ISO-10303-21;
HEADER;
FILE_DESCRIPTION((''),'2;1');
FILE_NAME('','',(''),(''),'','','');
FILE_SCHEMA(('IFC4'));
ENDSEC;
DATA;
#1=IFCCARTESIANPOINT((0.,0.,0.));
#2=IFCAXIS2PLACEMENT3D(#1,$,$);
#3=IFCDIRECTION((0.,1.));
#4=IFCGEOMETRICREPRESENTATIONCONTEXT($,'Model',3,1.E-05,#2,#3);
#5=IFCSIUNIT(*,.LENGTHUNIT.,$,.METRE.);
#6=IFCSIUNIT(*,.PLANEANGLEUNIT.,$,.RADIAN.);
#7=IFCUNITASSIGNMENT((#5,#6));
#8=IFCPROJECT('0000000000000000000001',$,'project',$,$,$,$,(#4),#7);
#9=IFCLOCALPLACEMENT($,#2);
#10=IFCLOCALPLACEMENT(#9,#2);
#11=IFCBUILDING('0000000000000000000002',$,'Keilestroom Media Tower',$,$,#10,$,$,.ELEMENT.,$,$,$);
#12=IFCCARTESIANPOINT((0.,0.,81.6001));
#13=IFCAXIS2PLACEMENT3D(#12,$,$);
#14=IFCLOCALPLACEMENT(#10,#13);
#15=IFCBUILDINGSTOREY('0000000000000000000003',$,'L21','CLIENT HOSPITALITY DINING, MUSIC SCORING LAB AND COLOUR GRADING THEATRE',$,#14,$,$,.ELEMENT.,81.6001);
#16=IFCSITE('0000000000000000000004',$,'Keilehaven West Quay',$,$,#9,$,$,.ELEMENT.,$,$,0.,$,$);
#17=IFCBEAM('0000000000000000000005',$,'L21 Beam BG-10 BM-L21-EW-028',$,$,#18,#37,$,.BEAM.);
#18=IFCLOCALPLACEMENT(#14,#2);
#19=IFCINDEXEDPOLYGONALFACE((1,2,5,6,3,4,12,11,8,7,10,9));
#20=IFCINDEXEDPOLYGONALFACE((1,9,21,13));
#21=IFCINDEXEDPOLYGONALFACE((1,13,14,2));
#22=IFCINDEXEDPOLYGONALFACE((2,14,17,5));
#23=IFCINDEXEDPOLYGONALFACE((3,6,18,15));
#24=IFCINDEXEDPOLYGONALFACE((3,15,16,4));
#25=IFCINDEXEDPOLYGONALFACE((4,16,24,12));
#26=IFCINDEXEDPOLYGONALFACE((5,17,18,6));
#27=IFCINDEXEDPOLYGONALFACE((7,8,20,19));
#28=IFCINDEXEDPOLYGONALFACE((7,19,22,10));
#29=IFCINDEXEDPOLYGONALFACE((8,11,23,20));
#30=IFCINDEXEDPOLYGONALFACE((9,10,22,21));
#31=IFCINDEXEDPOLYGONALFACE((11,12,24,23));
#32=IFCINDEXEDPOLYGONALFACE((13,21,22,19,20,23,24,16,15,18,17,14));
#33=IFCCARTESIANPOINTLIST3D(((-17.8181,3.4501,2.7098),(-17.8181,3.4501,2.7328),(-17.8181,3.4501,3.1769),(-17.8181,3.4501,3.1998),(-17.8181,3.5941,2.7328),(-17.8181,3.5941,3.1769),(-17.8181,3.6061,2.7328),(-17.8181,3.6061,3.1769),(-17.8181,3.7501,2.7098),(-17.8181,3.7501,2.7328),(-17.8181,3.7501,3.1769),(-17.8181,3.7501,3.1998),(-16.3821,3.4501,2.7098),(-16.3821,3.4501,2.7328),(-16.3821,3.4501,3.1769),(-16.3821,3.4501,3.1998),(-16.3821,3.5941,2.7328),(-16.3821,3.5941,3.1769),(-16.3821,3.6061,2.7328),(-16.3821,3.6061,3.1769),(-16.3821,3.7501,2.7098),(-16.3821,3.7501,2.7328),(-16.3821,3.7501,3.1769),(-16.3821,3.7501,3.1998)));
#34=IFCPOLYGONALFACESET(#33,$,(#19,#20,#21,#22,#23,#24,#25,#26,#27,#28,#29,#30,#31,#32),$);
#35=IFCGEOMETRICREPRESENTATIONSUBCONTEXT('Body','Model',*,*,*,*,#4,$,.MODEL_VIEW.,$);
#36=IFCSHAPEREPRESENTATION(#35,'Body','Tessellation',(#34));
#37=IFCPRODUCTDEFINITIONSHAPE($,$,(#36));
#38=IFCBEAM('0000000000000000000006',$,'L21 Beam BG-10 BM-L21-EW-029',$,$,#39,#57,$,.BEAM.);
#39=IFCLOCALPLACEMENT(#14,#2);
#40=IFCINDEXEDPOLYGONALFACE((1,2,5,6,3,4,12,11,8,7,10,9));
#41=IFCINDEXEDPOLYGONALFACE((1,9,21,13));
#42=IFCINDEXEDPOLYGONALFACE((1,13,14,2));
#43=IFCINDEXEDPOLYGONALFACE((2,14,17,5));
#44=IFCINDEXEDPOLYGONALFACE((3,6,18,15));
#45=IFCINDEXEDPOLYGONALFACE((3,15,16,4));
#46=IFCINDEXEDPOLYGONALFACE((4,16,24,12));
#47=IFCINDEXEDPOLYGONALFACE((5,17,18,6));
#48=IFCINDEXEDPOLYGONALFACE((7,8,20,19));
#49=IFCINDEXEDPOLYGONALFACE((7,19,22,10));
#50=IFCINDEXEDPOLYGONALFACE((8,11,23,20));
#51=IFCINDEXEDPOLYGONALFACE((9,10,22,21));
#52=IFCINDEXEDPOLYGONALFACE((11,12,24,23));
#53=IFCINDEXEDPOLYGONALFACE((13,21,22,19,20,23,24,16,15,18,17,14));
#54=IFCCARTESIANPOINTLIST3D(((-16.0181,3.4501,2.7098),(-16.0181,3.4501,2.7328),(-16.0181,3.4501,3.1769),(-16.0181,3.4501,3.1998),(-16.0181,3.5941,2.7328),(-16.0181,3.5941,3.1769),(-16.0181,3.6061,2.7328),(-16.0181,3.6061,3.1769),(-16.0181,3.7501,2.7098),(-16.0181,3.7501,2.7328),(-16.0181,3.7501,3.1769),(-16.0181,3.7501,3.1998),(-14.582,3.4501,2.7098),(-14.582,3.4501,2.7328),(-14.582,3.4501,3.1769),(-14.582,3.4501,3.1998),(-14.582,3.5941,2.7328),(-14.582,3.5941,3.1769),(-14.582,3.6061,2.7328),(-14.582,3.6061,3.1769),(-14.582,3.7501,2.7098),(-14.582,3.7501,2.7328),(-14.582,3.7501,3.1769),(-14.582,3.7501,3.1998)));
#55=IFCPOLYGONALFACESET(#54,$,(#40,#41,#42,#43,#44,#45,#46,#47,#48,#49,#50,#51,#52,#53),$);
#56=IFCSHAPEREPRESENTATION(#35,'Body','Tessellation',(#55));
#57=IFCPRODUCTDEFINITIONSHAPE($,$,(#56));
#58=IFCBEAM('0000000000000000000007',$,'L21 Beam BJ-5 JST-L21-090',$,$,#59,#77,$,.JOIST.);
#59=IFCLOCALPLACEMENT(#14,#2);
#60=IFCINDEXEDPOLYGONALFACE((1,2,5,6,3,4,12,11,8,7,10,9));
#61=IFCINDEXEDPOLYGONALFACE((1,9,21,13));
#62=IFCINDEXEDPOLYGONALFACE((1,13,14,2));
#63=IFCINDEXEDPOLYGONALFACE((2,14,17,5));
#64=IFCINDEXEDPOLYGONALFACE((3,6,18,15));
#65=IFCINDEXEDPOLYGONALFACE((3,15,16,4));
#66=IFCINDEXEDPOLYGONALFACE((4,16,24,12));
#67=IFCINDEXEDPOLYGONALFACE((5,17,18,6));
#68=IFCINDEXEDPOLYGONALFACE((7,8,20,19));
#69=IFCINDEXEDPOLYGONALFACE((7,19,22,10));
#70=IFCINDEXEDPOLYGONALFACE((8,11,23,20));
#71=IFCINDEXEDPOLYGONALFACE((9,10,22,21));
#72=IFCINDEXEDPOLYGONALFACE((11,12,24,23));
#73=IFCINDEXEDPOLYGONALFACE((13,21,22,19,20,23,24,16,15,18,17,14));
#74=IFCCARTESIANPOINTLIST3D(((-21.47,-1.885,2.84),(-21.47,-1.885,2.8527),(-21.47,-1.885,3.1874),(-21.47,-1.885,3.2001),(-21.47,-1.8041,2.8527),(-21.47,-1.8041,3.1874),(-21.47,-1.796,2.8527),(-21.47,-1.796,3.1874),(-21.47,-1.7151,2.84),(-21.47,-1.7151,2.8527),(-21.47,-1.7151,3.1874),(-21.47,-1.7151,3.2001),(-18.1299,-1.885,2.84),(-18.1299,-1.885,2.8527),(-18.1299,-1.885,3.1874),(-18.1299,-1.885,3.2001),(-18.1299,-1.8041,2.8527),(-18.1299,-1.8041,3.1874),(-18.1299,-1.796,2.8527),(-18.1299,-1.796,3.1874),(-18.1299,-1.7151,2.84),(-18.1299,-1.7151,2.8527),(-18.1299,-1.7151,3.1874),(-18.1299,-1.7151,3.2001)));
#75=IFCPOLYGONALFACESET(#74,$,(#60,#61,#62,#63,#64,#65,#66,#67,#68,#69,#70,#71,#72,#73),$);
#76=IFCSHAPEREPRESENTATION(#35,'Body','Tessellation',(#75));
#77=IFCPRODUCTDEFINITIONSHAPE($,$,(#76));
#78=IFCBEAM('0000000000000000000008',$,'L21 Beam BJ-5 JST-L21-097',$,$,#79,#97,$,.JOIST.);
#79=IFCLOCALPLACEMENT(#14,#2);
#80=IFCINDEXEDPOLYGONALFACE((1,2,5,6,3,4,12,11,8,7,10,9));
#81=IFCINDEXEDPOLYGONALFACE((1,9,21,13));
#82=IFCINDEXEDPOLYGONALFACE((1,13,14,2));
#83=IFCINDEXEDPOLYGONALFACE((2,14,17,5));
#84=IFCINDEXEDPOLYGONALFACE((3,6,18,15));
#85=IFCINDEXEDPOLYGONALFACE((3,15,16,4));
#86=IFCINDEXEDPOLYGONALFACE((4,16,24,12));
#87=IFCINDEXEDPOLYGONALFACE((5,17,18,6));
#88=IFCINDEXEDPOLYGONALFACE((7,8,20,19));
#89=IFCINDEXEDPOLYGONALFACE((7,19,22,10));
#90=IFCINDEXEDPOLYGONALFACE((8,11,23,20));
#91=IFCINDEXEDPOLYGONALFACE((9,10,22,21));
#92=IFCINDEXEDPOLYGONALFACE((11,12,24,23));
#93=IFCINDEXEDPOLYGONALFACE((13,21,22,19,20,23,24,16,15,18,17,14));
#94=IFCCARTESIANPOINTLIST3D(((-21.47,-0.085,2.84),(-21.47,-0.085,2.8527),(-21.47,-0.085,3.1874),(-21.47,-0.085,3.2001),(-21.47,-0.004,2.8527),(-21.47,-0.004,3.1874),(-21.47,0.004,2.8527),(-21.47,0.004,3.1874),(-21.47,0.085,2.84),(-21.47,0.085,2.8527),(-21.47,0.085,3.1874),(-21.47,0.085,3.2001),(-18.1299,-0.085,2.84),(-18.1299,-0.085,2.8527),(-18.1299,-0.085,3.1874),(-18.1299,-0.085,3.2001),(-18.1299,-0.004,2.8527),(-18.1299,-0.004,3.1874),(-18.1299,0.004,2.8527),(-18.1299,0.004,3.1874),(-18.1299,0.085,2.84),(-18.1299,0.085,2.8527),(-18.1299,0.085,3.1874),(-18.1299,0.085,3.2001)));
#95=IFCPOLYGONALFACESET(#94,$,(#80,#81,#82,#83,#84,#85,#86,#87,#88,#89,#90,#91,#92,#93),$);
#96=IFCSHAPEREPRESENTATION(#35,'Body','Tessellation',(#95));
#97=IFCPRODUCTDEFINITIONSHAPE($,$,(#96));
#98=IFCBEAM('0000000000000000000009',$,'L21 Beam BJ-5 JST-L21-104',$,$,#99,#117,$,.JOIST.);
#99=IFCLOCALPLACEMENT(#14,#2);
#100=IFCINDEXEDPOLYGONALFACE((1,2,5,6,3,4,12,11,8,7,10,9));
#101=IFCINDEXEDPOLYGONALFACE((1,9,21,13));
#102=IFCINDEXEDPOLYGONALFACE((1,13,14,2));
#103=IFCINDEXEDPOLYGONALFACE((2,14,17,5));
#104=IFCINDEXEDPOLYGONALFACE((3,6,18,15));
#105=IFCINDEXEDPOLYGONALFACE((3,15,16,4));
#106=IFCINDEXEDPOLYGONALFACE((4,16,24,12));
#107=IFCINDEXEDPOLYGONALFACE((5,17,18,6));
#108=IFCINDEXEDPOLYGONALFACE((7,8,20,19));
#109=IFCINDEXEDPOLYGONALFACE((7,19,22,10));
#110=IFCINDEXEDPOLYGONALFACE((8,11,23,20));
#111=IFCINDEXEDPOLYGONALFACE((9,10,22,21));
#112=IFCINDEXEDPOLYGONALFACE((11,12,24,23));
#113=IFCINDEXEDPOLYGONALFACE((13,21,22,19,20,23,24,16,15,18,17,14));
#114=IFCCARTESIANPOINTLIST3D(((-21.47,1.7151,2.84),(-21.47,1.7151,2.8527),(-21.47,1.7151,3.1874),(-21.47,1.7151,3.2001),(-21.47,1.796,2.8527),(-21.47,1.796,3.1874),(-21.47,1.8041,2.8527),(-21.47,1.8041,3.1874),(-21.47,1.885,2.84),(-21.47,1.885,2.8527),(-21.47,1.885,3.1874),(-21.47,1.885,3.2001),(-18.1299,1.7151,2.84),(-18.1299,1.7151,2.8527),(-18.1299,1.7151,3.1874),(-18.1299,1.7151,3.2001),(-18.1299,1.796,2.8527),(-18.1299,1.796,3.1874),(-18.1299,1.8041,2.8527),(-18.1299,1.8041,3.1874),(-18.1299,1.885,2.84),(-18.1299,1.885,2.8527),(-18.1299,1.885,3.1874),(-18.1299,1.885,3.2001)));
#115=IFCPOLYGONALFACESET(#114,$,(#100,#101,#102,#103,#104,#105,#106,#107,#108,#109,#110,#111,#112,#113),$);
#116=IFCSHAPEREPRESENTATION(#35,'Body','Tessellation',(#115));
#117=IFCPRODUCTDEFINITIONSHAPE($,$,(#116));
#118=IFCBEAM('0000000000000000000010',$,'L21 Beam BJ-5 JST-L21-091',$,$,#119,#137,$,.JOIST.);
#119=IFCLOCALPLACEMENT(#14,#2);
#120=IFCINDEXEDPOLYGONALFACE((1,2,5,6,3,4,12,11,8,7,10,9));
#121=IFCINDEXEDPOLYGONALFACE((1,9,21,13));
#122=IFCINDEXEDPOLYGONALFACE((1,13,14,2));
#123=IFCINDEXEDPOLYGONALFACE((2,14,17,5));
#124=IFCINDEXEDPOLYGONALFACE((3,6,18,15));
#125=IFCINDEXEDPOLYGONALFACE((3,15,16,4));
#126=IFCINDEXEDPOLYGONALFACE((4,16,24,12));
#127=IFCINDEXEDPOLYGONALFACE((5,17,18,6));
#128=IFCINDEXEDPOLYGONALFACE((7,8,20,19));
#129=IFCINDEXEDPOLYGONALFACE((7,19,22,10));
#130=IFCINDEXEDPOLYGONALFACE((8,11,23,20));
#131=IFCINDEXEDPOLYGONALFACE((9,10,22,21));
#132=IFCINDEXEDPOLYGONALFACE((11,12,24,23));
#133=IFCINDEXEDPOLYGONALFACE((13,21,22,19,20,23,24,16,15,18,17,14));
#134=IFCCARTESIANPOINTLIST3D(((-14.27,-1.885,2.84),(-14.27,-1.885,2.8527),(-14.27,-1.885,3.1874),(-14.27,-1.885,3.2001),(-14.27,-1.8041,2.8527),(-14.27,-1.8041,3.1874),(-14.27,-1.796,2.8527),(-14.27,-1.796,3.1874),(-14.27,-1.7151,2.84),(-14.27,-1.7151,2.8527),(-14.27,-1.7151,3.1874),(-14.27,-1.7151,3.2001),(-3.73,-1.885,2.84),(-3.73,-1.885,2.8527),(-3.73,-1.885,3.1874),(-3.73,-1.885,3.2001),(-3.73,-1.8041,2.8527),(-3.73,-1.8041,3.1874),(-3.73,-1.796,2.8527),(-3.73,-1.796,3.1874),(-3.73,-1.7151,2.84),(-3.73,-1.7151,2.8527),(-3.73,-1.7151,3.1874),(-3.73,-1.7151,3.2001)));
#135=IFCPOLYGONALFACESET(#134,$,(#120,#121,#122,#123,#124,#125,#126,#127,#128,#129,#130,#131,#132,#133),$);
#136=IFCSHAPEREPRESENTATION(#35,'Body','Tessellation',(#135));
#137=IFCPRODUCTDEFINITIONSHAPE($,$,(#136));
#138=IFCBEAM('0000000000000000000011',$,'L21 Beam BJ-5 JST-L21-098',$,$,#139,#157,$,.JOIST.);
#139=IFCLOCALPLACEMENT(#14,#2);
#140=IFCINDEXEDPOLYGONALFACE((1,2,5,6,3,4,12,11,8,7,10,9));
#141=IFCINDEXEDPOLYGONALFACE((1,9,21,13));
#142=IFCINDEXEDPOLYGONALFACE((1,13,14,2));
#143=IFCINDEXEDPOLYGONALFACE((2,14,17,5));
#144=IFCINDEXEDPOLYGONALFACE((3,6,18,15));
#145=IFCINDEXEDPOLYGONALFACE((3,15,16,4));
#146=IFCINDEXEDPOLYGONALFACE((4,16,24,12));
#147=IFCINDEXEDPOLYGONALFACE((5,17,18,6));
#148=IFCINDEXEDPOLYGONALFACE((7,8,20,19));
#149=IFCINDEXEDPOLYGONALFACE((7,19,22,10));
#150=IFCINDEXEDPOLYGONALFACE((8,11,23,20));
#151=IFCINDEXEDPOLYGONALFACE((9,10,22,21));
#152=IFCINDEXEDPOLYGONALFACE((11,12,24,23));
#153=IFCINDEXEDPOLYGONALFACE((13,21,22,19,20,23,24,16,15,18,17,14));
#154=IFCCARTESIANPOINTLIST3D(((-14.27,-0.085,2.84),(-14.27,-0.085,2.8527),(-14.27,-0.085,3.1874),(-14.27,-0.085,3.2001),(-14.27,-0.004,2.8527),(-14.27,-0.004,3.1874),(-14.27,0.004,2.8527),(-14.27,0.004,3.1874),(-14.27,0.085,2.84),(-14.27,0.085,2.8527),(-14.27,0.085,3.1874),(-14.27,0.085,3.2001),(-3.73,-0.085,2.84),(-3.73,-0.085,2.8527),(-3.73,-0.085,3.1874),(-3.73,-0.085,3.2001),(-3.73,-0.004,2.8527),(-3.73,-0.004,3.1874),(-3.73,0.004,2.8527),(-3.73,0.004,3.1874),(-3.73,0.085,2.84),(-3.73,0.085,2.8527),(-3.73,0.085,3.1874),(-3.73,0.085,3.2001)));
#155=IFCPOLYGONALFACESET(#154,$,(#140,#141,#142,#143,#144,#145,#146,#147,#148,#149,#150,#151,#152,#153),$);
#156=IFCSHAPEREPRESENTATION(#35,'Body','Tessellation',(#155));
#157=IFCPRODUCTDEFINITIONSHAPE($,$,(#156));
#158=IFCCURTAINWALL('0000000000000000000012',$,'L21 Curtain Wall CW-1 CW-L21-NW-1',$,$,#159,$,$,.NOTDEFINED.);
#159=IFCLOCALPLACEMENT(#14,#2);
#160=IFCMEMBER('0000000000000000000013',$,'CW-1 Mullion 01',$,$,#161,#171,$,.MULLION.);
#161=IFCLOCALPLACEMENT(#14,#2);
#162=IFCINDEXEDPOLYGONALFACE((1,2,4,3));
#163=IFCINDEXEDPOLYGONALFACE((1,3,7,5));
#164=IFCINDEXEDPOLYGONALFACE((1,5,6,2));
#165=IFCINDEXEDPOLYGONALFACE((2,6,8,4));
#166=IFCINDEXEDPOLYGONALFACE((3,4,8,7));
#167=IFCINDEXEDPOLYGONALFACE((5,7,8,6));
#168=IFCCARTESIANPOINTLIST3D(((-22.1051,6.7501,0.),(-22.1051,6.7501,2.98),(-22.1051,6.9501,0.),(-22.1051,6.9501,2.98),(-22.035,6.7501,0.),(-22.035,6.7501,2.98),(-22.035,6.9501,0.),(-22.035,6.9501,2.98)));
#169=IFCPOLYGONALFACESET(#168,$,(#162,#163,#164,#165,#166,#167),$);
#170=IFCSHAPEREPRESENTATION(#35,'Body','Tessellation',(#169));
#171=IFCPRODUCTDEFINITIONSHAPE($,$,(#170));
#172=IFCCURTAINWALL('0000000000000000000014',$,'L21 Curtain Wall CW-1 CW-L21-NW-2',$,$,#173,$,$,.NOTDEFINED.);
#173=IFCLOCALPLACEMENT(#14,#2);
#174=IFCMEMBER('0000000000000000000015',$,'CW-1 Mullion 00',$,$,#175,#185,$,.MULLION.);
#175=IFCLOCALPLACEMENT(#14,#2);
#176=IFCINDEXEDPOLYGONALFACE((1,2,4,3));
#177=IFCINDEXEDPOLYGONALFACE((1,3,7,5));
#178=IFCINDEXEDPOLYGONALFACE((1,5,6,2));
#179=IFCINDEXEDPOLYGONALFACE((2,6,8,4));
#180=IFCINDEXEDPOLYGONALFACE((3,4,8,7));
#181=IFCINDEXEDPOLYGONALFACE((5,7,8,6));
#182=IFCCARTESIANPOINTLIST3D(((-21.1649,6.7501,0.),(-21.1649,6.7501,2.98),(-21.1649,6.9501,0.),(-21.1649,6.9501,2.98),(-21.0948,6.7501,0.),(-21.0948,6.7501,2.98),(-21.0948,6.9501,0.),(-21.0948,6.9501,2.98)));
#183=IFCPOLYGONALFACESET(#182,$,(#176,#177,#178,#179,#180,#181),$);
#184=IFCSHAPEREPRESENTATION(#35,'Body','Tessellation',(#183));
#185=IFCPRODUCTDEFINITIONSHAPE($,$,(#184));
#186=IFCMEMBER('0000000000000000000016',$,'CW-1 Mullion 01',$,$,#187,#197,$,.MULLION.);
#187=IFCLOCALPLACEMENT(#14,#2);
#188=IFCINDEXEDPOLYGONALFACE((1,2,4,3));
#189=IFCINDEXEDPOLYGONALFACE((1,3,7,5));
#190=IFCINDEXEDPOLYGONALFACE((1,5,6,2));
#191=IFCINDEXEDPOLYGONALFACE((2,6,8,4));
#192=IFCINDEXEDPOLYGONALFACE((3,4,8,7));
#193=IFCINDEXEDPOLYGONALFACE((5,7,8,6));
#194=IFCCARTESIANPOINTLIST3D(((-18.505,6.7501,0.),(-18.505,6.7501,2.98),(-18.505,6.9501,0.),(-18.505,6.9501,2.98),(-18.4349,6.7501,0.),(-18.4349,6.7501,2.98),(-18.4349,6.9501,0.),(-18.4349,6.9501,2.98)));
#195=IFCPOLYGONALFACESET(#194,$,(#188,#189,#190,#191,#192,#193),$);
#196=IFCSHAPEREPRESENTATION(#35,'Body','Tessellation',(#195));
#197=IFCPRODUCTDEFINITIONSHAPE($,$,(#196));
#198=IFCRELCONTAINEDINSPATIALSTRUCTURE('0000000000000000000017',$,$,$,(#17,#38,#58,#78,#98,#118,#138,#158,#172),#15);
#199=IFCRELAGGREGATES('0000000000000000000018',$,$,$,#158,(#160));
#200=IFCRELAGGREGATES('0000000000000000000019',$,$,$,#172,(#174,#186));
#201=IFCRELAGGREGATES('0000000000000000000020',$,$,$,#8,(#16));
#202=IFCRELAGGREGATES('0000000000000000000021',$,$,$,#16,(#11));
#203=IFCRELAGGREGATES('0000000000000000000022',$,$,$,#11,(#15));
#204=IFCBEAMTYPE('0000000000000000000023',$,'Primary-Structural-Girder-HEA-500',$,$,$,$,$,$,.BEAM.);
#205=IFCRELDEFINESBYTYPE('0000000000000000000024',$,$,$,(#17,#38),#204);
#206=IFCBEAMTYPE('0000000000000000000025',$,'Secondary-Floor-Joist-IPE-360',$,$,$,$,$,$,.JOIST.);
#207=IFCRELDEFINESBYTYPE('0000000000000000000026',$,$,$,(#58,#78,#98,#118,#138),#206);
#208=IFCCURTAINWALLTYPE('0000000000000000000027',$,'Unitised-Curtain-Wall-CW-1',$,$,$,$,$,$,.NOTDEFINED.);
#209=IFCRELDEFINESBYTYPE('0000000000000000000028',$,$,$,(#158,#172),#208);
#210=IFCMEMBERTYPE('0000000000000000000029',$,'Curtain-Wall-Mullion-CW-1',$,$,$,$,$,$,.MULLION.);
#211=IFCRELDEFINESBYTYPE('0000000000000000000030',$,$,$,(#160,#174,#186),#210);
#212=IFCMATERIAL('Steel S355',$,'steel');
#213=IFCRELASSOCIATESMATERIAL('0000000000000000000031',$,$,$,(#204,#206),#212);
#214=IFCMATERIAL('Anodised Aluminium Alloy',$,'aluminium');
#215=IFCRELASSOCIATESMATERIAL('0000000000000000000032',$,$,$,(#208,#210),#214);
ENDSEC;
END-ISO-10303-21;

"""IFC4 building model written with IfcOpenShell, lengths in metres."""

from ifc_helpers import new_model, si_unit, direction, frame, origin, origin_2d, place, context, subcontext, project, spatial, rectangle, i_section, extrude, source, transform, mapped, material, material_profile, profile_set, type_object, element, aggregate, save


model = new_model("IFC4")

# Units and contexts
model_context = context("Model", 3, precision=1e-05, world=origin(), true_north=direction((0.0, 1.0)))
body_context = subcontext(model_context, "Body", "Model", "MODEL_VIEW")
ifc_project = project(units=[si_unit("LENGTHUNIT", "METRE"), si_unit("PLANEANGLEUNIT", "RADIAN")], contexts=[model_context])

# Site, building, storey
site_placement = place(None, origin())
site = spatial("IfcSite", under=ifc_project, at=site_placement, Name="Keilehaven West Quay", CompositionType="ELEMENT", RefElevation=0.0)
building_placement = place(site_placement, origin())
building = spatial("IfcBuilding", under=site, at=building_placement, Name="Keilestroom Media Tower", CompositionType="ELEMENT")
storey_placement = place(building_placement, frame((0.0, 0.0, 81.6001)))
storey = spatial("IfcBuildingStorey", under=building, at=storey_placement, Name="L21", Description="CLIENT HOSPITALITY DINING, MUSIC SCORING LAB AND COLOUR GRADING THEATRE", CompositionType="ELEMENT", Elevation=81.6001)

# Beams
ifc_material_1 = material(Name="Steel S355", Category="steel")
ifc_material_profile_1 = material_profile(ifc_material_1, i_section(OverallWidth=0.3, OverallDepth=0.49, WebThickness=0.012, FlangeThickness=0.0229, at=origin_2d()), Name="HEA 500")
ifc_profile_set_1 = profile_set([ifc_material_profile_1], Name="Steel S355")
beam_type_1 = type_object("IfcBeamType", Name="Primary-Structural-Girder-HEA-500", PredefinedType="BEAM", material=ifc_profile_set_1)
shared_shape_1 = source(origin(), body_context, "Body", "SweptSolid", [
    extrude(i_section(OverallWidth=0.3, OverallDepth=0.49, WebThickness=0.012, FlangeThickness=0.0229, at=origin_2d()), origin(), (0.0, 0.0, 1.0), 1.436),
])
for number, where, z_axis, x_axis, name in (
    (1, (-17.8181, 3.6001, 2.9548), (1.0, 0.0, 0.0), (0.0, 1.0, 0.0), "L21 Beam BG-10 BM-L21-EW-028"),
    (2, (-16.0181, 3.6001, 2.9548), (1.0, 0.0, 0.0), (0.0, 1.0, 0.0), "L21 Beam BG-10 BM-L21-EW-029"),
):
    element("IfcBeam", number, at=place(storey_placement, frame(where, z_axis=z_axis, x_axis=x_axis)), inside=storey, type_object=beam_type_1, Name=name, PredefinedType="BEAM", context=body_context, shape_type="MappedRepresentation", body=[
        mapped(shared_shape_1, transform((0.0, 0.0, 0.0), x_axis=(1.0, 0.0, 0.0), y_axis=(0.0, 1.0, 0.0), z_axis=(0.0, 0.0, 1.0), scale=1.0)),
    ])
ifc_material_profile_2 = material_profile(ifc_material_1, i_section(OverallWidth=0.1699, OverallDepth=0.3601, WebThickness=0.0081, FlangeThickness=0.0127, at=origin_2d()), Name="IPE 360")
ifc_profile_set_2 = profile_set([ifc_material_profile_2], Name="Steel S355")
beam_type_2 = type_object("IfcBeamType", Name="Secondary-Floor-Joist-IPE-360", PredefinedType="JOIST", material=ifc_profile_set_2)
shared_shape_2 = source(origin(), body_context, "Body", "SweptSolid", [
    extrude(i_section(OverallWidth=0.1699, OverallDepth=0.3601, WebThickness=0.0081, FlangeThickness=0.0127, at=origin_2d()), origin(), (0.0, 0.0, 1.0), 3.3401),
])
for number, where, z_axis, x_axis, name in (
    (3, (-21.47, -1.8, 3.02), (1.0, 0.0, 0.0), (0.0, 1.0, 0.0), "L21 Beam BJ-5 JST-L21-090"),
    (4, (-21.47, 0.0, 3.02), (1.0, 0.0, 0.0), (0.0, 1.0, 0.0), "L21 Beam BJ-5 JST-L21-097"),
    (5, (-21.47, 1.8, 3.02), (1.0, 0.0, 0.0), (0.0, 1.0, 0.0), "L21 Beam BJ-5 JST-L21-104"),
):
    element("IfcBeam", number, at=place(storey_placement, frame(where, z_axis=z_axis, x_axis=x_axis)), inside=storey, type_object=beam_type_2, Name=name, PredefinedType="JOIST", context=body_context, shape_type="MappedRepresentation", body=[
        mapped(shared_shape_2, transform((0.0, 0.0, 0.0), x_axis=(1.0, 0.0, 0.0), y_axis=(0.0, 1.0, 0.0), z_axis=(0.0, 0.0, 1.0), scale=1.0)),
    ])
shared_shape_3 = source(origin(), body_context, "Body", "SweptSolid", [
    extrude(i_section(OverallWidth=0.1699, OverallDepth=0.3601, WebThickness=0.0081, FlangeThickness=0.0127, at=origin_2d()), origin(), (0.0, 0.0, 1.0), 10.54),
])
for number, where, z_axis, x_axis, name in (
    (6, (-14.27, -1.8, 3.02), (1.0, 0.0, 0.0), (0.0, 1.0, 0.0), "L21 Beam BJ-5 JST-L21-091"),
    (7, (-14.27, 0.0, 3.02), (1.0, 0.0, 0.0), (0.0, 1.0, 0.0), "L21 Beam BJ-5 JST-L21-098"),
):
    element("IfcBeam", number, at=place(storey_placement, frame(where, z_axis=z_axis, x_axis=x_axis)), inside=storey, type_object=beam_type_2, Name=name, PredefinedType="JOIST", context=body_context, shape_type="MappedRepresentation", body=[
        mapped(shared_shape_3, transform((0.0, 0.0, 0.0), x_axis=(1.0, 0.0, 0.0), y_axis=(0.0, 1.0, 0.0), z_axis=(0.0, 0.0, 1.0), scale=1.0)),
    ])

# Curtain wall, member
ifc_material_2 = material(Name="Anodised Aluminium Alloy", Category="aluminium")
curtain_wall_type = type_object("IfcCurtainWallType", Name="Unitised-Curtain-Wall-CW-1", PredefinedType="NOTDEFINED", material=ifc_material_2)
curtain_wall_1_placement = place(storey_placement, origin())
curtain_wall_1 = element("IfcCurtainWall", 8, at=curtain_wall_1_placement, inside=storey, type_object=curtain_wall_type, Name="L21 Curtain Wall CW-1 CW-L21-NW-1", PredefinedType="NOTDEFINED")
ifc_material_profile_3 = material_profile(ifc_material_2, rectangle(XDim=0.0701, YDim=0.2, at=origin_2d()), Name="ALU MULLION 70x200")
ifc_profile_set_3 = profile_set([ifc_material_profile_3], Name="Anodised Aluminium Alloy")
member_type_1 = type_object("IfcMemberType", Name="Curtain-Wall-Mullion-CW-1", PredefinedType="MULLION", material=ifc_profile_set_3)
shared_shape_4 = source(origin(), body_context, "Body", "SweptSolid", [
    extrude(rectangle(XDim=0.0701, YDim=0.2, at=origin_2d()), origin(), (0.0, 0.0, 1.0), 2.98),
])
member_1_placement = place(storey_placement, frame((-22.0701, 6.8501, 0.0), z_axis=(0.0, 0.0, 1.0), x_axis=(1.0, 0.0, 0.0)))
member_1 = element("IfcMember", 9, at=member_1_placement, type_object=member_type_1, Name="CW-1 Mullion 01", PredefinedType="MULLION", context=body_context, shape_type="MappedRepresentation", body=[
    mapped(shared_shape_4, transform((0.0, 0.0, 0.0), x_axis=(1.0, 0.0, 0.0), y_axis=(0.0, 1.0, 0.0), z_axis=(0.0, 0.0, 1.0), scale=1.0)),
])
aggregate(curtain_wall_1, [member_1])

# Curtain wall, members
curtain_wall_2_placement = place(storey_placement, origin())
curtain_wall_2 = element("IfcCurtainWall", 10, at=curtain_wall_2_placement, inside=storey, type_object=curtain_wall_type, Name="L21 Curtain Wall CW-1 CW-L21-NW-2", PredefinedType="NOTDEFINED")
member_2_placement = place(storey_placement, frame((-21.1299, 6.8501, 0.0), z_axis=(0.0, 0.0, 1.0), x_axis=(1.0, 0.0, 0.0)))
member_2 = element("IfcMember", 11, at=member_2_placement, type_object=member_type_1, Name="CW-1 Mullion 00", PredefinedType="MULLION", context=body_context, shape_type="MappedRepresentation", body=[
    mapped(shared_shape_4, transform((0.0, 0.0, 0.0), x_axis=(1.0, 0.0, 0.0), y_axis=(0.0, 1.0, 0.0), z_axis=(0.0, 0.0, 1.0), scale=1.0)),
])
member_3_placement = place(storey_placement, frame((-18.47, 6.8501, 0.0), z_axis=(0.0, 0.0, 1.0), x_axis=(1.0, 0.0, 0.0)))
member_3 = element("IfcMember", 12, at=member_3_placement, type_object=member_type_1, Name="CW-1 Mullion 01", PredefinedType="MULLION", context=body_context, shape_type="MappedRepresentation", body=[
    mapped(shared_shape_4, transform((0.0, 0.0, 0.0), x_axis=(1.0, 0.0, 0.0), y_axis=(0.0, 1.0, 0.0), z_axis=(0.0, 0.0, 1.0), scale=1.0)),
])

aggregate(curtain_wall_2, [member_2, member_3])

save(model, "model.ifc")
